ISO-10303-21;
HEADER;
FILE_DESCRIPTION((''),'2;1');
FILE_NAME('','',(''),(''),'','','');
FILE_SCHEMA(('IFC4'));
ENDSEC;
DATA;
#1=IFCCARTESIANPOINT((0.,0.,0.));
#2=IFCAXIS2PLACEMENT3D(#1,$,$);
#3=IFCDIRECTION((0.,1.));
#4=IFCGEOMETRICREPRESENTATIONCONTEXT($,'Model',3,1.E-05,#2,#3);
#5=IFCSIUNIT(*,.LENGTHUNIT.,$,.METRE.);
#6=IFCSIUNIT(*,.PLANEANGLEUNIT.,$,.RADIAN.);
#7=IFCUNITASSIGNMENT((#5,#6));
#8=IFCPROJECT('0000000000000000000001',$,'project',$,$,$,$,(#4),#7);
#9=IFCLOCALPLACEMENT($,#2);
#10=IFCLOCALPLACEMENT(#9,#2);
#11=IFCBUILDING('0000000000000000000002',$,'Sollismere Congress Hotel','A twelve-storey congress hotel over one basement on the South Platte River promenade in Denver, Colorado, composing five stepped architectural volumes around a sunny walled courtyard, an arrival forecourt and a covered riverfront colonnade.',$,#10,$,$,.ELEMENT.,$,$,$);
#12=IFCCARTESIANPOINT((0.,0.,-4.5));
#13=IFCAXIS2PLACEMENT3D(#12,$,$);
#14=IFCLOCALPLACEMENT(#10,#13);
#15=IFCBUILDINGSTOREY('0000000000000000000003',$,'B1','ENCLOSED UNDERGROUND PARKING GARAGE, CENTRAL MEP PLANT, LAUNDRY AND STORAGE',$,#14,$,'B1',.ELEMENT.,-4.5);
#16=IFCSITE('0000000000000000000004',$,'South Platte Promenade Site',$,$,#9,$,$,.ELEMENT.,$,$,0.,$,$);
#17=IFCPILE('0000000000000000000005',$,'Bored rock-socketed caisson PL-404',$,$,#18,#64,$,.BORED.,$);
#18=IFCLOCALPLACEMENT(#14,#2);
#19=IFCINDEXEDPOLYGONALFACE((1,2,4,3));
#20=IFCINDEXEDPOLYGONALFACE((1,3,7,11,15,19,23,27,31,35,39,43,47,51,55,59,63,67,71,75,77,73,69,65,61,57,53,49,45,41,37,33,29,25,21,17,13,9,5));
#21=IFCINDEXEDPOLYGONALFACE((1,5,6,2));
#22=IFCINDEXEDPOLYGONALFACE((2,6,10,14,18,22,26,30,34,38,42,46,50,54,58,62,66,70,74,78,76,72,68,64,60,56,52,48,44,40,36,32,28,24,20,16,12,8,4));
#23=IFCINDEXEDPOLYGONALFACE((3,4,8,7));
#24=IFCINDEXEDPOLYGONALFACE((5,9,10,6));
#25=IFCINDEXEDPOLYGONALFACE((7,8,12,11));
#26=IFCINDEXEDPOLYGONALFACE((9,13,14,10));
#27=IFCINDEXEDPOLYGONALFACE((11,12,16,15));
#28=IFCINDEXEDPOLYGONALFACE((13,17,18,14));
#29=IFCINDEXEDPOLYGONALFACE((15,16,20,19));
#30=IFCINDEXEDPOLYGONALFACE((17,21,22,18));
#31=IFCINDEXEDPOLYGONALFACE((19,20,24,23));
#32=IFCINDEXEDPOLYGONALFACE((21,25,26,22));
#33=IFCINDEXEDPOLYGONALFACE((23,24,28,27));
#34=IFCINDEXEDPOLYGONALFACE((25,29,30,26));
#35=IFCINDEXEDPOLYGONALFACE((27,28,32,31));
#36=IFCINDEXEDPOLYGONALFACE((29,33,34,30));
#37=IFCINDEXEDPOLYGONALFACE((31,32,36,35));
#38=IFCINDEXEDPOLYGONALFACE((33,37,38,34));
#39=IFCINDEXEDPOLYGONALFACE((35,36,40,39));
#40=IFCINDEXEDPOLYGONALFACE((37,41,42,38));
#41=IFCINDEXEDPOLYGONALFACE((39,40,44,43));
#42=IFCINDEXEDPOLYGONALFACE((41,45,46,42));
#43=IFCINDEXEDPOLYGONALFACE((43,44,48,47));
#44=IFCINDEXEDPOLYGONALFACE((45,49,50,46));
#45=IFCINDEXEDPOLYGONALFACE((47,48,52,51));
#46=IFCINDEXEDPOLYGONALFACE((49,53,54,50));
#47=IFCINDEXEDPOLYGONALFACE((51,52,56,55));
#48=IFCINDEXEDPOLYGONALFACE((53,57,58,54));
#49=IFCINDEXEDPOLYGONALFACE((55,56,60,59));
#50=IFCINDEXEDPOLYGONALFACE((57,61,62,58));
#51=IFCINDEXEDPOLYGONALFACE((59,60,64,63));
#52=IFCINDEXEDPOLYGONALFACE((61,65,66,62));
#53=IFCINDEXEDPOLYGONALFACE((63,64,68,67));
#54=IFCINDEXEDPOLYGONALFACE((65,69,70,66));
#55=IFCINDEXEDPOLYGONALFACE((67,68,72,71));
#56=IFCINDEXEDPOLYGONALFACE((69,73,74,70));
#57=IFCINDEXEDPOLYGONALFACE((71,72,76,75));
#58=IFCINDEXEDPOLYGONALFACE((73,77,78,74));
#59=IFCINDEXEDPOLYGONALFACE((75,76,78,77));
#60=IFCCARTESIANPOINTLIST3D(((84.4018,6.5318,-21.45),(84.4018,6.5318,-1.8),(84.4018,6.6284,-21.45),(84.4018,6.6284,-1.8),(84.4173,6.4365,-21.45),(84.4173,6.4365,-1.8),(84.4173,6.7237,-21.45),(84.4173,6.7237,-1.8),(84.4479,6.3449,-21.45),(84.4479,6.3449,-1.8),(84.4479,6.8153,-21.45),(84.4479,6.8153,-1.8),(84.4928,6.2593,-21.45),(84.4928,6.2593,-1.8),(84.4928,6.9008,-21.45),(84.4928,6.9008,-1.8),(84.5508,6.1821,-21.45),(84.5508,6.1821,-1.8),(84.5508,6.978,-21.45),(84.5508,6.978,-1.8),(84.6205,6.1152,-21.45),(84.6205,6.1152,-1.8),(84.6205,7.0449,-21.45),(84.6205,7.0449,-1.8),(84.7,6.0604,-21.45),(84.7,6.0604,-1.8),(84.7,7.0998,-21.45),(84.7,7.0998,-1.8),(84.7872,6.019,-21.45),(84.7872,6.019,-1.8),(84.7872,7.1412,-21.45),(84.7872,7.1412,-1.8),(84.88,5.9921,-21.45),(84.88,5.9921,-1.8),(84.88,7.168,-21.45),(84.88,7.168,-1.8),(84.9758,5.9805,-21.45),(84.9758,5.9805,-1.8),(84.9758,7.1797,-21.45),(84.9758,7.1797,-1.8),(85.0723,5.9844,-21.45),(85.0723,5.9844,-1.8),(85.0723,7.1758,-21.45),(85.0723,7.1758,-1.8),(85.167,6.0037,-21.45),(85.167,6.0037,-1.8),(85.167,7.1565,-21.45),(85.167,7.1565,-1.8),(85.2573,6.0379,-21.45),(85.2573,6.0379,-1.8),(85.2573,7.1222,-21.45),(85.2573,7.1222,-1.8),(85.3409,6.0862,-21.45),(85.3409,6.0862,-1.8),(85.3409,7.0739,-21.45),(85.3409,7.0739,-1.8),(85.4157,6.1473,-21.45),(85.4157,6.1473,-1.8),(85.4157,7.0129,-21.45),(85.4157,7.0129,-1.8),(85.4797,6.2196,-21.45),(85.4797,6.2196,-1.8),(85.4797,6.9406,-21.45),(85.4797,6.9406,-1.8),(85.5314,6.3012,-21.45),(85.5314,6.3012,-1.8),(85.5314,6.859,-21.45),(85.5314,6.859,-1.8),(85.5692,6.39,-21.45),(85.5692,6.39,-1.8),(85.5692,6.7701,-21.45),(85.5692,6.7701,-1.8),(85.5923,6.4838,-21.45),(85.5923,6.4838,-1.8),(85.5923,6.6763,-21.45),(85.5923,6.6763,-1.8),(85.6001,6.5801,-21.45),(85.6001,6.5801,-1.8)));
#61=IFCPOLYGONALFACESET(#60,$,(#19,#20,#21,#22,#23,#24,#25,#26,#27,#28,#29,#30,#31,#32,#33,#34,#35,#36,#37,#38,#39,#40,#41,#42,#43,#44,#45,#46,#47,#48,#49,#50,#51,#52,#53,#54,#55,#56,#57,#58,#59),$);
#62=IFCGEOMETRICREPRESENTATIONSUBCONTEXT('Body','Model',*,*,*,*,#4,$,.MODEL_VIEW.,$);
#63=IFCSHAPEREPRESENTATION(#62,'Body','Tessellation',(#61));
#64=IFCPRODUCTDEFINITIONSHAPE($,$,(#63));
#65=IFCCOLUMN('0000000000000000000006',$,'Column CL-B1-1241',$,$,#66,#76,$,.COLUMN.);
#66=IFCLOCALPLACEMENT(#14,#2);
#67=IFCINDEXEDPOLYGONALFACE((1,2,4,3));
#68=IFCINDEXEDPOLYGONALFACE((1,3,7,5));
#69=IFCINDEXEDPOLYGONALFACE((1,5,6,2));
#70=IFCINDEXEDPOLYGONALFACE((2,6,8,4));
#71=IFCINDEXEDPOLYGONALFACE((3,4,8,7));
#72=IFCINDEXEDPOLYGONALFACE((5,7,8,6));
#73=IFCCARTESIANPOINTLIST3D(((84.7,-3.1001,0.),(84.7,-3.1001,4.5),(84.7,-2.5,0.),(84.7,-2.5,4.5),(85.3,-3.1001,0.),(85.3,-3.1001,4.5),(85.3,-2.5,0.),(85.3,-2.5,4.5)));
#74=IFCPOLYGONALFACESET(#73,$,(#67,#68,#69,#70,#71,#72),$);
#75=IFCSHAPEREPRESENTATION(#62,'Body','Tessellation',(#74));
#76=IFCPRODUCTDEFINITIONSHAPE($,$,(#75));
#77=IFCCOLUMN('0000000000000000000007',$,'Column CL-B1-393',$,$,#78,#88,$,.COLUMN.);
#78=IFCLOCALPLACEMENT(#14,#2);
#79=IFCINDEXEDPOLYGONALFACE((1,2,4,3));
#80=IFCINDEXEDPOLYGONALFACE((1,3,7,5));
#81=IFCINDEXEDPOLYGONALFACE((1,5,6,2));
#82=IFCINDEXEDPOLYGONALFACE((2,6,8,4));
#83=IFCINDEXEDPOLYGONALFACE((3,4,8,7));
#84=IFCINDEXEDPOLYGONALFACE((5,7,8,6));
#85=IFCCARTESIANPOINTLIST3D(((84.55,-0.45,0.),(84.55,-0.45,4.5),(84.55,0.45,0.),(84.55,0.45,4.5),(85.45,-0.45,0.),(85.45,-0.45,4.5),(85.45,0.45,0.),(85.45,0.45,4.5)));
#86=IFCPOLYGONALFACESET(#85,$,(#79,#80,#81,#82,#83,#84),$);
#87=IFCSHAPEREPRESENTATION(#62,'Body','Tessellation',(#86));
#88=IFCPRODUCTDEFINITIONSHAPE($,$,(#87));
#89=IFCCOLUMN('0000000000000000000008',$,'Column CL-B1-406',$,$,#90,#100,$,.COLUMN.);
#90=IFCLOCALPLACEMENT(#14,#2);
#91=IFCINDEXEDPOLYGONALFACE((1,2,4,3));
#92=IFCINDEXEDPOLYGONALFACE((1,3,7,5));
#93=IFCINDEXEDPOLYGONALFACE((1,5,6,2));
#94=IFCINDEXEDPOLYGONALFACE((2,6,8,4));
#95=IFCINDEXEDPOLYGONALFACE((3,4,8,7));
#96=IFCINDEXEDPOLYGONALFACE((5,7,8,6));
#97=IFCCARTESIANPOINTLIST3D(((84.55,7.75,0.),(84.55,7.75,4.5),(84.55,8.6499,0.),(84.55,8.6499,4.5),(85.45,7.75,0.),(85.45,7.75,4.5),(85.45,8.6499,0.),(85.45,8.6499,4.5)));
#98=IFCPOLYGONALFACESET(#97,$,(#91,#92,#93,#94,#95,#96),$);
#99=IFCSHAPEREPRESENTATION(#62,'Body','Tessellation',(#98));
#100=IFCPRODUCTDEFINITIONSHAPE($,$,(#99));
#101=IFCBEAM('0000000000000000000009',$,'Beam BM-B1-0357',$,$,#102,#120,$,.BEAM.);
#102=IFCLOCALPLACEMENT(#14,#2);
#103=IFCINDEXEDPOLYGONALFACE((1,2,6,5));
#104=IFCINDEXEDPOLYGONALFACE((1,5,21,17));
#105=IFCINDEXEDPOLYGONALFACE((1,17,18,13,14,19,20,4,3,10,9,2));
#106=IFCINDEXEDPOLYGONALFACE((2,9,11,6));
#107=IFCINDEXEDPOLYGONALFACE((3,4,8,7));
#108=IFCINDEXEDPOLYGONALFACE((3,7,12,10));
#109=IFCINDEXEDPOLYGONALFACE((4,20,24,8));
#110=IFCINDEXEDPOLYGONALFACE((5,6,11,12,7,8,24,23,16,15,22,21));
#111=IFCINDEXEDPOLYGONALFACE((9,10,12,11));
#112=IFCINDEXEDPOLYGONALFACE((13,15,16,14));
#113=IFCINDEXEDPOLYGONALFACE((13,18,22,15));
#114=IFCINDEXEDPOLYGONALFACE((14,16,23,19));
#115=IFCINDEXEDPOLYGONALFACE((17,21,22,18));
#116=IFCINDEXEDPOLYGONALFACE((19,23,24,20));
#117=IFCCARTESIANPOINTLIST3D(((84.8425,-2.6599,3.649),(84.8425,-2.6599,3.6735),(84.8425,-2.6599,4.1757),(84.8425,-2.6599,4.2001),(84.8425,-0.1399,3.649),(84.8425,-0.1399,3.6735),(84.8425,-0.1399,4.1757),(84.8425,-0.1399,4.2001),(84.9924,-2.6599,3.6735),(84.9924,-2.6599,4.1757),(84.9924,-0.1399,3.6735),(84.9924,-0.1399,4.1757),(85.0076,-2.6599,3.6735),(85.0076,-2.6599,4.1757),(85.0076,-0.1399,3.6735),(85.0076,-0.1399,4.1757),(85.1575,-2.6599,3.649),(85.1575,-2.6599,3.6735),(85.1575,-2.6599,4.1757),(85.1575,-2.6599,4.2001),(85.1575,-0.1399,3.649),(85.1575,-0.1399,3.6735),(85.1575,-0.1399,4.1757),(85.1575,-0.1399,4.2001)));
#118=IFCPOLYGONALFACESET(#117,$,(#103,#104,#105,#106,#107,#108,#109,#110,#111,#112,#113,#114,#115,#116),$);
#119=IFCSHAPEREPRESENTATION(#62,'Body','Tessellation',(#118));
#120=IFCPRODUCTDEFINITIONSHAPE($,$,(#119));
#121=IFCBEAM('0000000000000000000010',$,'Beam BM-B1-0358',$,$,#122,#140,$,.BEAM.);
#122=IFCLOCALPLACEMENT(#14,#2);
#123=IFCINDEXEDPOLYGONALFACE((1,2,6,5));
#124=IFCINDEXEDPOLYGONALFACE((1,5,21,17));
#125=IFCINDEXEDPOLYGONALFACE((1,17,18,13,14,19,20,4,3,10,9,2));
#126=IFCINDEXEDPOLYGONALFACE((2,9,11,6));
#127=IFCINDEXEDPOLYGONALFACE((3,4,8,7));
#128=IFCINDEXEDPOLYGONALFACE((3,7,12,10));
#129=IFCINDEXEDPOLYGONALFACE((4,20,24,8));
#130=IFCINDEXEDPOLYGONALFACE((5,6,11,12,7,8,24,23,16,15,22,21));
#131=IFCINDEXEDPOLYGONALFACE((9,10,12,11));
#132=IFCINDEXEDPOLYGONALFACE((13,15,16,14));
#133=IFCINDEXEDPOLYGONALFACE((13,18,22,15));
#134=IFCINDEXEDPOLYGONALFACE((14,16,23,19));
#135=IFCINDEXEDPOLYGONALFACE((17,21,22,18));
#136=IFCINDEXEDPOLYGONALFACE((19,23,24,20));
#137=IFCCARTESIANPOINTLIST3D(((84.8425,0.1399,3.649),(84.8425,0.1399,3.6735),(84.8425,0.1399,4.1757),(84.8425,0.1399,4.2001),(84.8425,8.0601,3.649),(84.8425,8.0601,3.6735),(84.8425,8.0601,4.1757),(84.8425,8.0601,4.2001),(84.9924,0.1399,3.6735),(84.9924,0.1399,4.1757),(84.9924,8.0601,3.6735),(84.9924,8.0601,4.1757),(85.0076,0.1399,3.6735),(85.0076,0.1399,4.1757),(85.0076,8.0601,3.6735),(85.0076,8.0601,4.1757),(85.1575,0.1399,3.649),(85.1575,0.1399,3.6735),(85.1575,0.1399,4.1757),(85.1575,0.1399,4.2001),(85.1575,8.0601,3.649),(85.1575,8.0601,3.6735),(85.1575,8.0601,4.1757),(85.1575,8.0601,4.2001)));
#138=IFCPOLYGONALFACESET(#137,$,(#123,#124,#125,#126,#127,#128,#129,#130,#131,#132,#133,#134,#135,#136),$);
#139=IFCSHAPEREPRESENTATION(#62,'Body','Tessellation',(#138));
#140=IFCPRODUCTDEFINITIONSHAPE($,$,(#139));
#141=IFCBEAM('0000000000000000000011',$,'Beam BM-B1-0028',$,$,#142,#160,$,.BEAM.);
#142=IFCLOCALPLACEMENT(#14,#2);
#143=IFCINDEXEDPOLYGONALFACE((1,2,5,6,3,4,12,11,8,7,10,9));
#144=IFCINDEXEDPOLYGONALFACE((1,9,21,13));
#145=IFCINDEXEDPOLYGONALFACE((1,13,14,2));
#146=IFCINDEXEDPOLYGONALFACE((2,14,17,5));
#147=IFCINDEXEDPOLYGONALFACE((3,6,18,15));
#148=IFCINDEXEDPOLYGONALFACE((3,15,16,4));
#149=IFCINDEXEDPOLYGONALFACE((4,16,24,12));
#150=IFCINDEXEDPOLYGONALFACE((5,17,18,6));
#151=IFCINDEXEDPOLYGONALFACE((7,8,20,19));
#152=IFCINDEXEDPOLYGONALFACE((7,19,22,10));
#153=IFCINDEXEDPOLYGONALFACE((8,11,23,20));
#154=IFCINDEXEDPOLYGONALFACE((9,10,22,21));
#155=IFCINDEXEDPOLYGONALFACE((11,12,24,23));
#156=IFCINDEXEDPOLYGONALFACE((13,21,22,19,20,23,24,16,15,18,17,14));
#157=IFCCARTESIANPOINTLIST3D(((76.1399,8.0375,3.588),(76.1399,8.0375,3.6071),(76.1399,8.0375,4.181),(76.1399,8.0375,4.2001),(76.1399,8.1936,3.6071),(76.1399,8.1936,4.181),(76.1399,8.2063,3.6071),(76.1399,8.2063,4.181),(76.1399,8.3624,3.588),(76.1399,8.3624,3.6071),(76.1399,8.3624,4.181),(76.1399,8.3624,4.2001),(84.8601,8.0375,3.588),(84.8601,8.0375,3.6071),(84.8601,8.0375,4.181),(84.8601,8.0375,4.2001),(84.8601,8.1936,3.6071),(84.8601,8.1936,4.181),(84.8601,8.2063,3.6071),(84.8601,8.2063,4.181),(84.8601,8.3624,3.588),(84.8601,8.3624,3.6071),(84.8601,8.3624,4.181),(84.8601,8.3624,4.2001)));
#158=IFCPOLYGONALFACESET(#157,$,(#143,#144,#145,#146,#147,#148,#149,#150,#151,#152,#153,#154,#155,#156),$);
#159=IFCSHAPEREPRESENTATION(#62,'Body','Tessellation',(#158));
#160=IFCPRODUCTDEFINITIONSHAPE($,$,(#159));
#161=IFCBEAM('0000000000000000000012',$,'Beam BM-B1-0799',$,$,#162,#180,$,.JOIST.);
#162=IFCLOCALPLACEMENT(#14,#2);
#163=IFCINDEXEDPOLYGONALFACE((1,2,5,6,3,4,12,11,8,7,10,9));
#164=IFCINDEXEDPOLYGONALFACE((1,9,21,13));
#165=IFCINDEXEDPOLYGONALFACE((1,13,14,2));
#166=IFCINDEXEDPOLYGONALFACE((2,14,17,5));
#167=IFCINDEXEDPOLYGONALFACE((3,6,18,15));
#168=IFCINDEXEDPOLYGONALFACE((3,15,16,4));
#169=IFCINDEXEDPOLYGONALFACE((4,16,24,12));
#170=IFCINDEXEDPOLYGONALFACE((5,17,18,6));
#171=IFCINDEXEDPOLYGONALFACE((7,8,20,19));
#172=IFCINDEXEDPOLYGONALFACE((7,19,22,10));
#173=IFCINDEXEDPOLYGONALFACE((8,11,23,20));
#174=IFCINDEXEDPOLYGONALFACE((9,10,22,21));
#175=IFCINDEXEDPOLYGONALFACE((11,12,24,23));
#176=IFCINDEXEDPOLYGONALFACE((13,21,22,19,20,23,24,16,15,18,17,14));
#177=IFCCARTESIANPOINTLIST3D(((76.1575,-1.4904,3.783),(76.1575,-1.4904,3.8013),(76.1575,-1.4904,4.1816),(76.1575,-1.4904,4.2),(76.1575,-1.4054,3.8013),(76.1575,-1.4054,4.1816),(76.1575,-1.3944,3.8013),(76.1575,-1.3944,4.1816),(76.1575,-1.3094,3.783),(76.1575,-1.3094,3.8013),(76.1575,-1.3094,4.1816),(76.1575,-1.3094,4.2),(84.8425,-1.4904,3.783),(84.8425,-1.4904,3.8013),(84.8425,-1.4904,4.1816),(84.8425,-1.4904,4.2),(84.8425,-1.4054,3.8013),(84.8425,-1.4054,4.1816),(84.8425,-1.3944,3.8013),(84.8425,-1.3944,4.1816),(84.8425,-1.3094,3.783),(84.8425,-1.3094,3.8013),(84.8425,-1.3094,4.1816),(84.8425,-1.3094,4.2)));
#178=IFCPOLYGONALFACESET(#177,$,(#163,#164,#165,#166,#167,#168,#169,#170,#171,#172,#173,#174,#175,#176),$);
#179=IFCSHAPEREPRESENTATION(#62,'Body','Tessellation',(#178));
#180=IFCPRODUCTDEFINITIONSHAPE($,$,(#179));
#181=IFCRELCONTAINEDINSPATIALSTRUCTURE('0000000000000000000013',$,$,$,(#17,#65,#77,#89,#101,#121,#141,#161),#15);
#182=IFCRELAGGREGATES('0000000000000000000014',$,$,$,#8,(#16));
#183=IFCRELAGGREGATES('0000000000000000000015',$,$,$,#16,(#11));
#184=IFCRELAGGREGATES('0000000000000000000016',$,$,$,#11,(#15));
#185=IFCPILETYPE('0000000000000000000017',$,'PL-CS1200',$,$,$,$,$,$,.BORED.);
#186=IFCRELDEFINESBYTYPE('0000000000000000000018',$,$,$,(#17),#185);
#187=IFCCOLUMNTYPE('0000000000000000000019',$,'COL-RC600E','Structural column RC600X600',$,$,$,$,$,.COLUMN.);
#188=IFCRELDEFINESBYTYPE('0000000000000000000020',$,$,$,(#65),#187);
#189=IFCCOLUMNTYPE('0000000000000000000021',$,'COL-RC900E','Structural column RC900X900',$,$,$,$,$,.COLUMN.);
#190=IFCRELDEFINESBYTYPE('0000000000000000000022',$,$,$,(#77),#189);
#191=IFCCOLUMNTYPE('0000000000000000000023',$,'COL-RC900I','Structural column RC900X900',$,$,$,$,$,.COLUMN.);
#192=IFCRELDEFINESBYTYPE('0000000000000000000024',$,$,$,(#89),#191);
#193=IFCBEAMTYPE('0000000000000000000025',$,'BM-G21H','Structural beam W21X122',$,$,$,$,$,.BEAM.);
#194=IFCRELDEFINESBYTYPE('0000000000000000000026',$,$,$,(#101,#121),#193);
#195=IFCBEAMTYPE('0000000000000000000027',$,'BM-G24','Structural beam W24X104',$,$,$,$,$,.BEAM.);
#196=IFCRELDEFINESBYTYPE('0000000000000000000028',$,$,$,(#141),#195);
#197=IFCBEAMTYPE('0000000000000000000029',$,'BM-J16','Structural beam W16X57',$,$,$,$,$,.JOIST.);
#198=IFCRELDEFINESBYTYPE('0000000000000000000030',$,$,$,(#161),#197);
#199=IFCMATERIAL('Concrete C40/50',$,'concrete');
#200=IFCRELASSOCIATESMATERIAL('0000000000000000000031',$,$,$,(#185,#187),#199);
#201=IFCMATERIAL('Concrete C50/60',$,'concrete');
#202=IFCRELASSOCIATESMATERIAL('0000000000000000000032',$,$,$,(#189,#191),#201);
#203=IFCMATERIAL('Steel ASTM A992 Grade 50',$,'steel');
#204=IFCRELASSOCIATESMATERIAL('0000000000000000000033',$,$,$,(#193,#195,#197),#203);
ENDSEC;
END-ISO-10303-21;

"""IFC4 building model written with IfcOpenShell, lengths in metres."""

from ifc_helpers import new_model, si_unit, direction, frame, origin, origin_2d, place, context, subcontext, project, spatial, rectangle, circle, i_section, extrude, material, material_profile, profile_set, type_object, element, save


model = new_model("IFC4")

# Units and contexts
model_context = context("Model", 3, precision=1e-05, world=origin(), true_north=direction((0.0, 1.0)))
body_context = subcontext(model_context, "Body", "Model", "MODEL_VIEW")
ifc_project = project(units=[si_unit("LENGTHUNIT", "METRE"), si_unit("PLANEANGLEUNIT", "RADIAN")], contexts=[model_context])

# Site, building, storey
site_placement = place(None, origin())
site = spatial("IfcSite", under=ifc_project, at=site_placement, Name="South Platte Promenade Site", CompositionType="ELEMENT", RefElevation=0.0)
building_placement = place(site_placement, origin())
building = spatial("IfcBuilding", under=site, at=building_placement, Name="Sollismere Congress Hotel", Description="A twelve-storey congress hotel over one basement on the South Platte River promenade in Denver, Colorado, composing five stepped architectural volumes around a sunny walled courtyard, an arrival forecourt and a covered riverfront colonnade.", CompositionType="ELEMENT")
storey_placement = place(building_placement, frame((0.0, 0.0, -4.5)))
storey = spatial("IfcBuildingStorey", under=building, at=storey_placement, Name="B1", Description="ENCLOSED UNDERGROUND PARKING GARAGE, CENTRAL MEP PLANT, LAUNDRY AND STORAGE", LongName="B1", CompositionType="ELEMENT", Elevation=-4.5)

# Shared definitions
ifc_material_1 = material(Name="Concrete C40/50", Category="concrete")

# Pile
ifc_material_profile_1 = material_profile(ifc_material_1, circle(Radius=0.6001, at=origin_2d()), Name="CAISSON1200")
ifc_profile_set_1 = profile_set([ifc_material_profile_1], Name="Concrete C40/50")
pile_type = type_object("IfcPileType", Name="PL-CS1200", PredefinedType="BORED", material=ifc_profile_set_1)
for number, where, z_axis, x_axis, name in (
    (1, (85.0, 6.5801, -1.8), (0.0, 0.0, -1.0), (1.0, 0.0, 0.0), "Bored rock-socketed caisson PL-404"),
):
    element("IfcPile", number, at=place(storey_placement, frame(where, z_axis=z_axis, x_axis=x_axis)), inside=storey, type_object=pile_type, Name=name, PredefinedType="BORED", context=body_context, shape_type="SweptSolid", body=[
        extrude(circle(Radius=0.6001, at=origin_2d()), origin(), (0.0, 0.0, 1.0), 19.6499),
    ])

# Columns
ifc_material_profile_2 = material_profile(ifc_material_1, rectangle(XDim=0.6001, YDim=0.6001, at=origin_2d()), Name="RC600X600")
ifc_profile_set_2 = profile_set([ifc_material_profile_2], Name="Concrete C40/50")
column_type_1 = type_object("IfcColumnType", Name="COL-RC600E", Description="Structural column RC600X600", PredefinedType="COLUMN", material=ifc_profile_set_2)
column_1_placement = place(storey_placement, frame((85.0, -2.8, 0.0), z_axis=(0.0, 0.0, 1.0), x_axis=(1.0, 0.0, 0.0)))
element("IfcColumn", 2, at=column_1_placement, inside=storey, type_object=column_type_1, Name="Column CL-B1-1241", PredefinedType="COLUMN", context=body_context, shape_type="SweptSolid", body=[
    extrude(rectangle(XDim=0.6001, YDim=0.6001, at=origin_2d()), origin(), (0.0, 0.0, 1.0), 4.5),
])
ifc_material_2 = material(Name="Concrete C50/60", Category="concrete")
ifc_material_profile_3 = material_profile(ifc_material_2, rectangle(XDim=0.8999, YDim=0.8999, at=origin_2d()), Name="RC900X900")
ifc_profile_set_3 = profile_set([ifc_material_profile_3], Name="Concrete C50/60")
column_type_2 = type_object("IfcColumnType", Name="COL-RC900E", Description="Structural column RC900X900", PredefinedType="COLUMN", material=ifc_profile_set_3)
column_2_placement = place(storey_placement, frame((85.0, 0.0, 0.0), z_axis=(0.0, 0.0, 1.0), x_axis=(0.0, 1.0, 0.0)))
element("IfcColumn", 3, at=column_2_placement, inside=storey, type_object=column_type_2, Name="Column CL-B1-393", PredefinedType="COLUMN", context=body_context, shape_type="SweptSolid", body=[
    extrude(rectangle(XDim=0.8999, YDim=0.8999, at=origin_2d()), origin(), (0.0, 0.0, 1.0), 4.5),
])
ifc_material_profile_4 = material_profile(ifc_material_2, rectangle(XDim=0.8999, YDim=0.8999, at=origin_2d()), Name="RC900X900")
ifc_profile_set_4 = profile_set([ifc_material_profile_4], Name="Concrete C50/60")
column_type_3 = type_object("IfcColumnType", Name="COL-RC900I", Description="Structural column RC900X900", PredefinedType="COLUMN", material=ifc_profile_set_4)
column_3_placement = place(storey_placement, frame((85.0, 8.2, 0.0), z_axis=(0.0, 0.0, 1.0), x_axis=(1.0, 0.0, 0.0)))
element("IfcColumn", 4, at=column_3_placement, inside=storey, type_object=column_type_3, Name="Column CL-B1-406", PredefinedType="COLUMN", context=body_context, shape_type="SweptSolid", body=[
    extrude(rectangle(XDim=0.8999, YDim=0.8999, at=origin_2d()), origin(), (0.0, 0.0, 1.0), 4.5),
])

# Beams
ifc_material_3 = material(Name="Steel ASTM A992 Grade 50", Category="steel")
ifc_material_profile_5 = material_profile(ifc_material_3, i_section(OverallWidth=0.3149, OverallDepth=0.551, WebThickness=0.0151, FlangeThickness=0.0244, at=origin_2d()), Name="W21X122")
ifc_profile_set_5 = profile_set([ifc_material_profile_5], Name="Steel ASTM A992 Grade 50")
beam_type_1 = type_object("IfcBeamType", Name="BM-G21H", Description="Structural beam W21X122", PredefinedType="BEAM", material=ifc_profile_set_5)
beam_1_placement = place(storey_placement, frame((85.0, -2.6599, 3.9246), z_axis=(0.0, 1.0, 0.0), x_axis=(-1.0, 0.0, 0.0)))
element("IfcBeam", 5, at=beam_1_placement, inside=storey, type_object=beam_type_1, Name="Beam BM-B1-0357", PredefinedType="BEAM", context=body_context, shape_type="SweptSolid", body=[
    extrude(i_section(OverallWidth=0.3149, OverallDepth=0.551, WebThickness=0.0151, FlangeThickness=0.0244, at=origin_2d()), origin(), (0.0, 0.0, 1.0), 2.52),
])
beam_2_placement = place(storey_placement, frame((85.0, 0.1399, 3.9246), z_axis=(0.0, 1.0, 0.0), x_axis=(-1.0, 0.0, 0.0)))
element("IfcBeam", 6, at=beam_2_placement, inside=storey, type_object=beam_type_1, Name="Beam BM-B1-0358", PredefinedType="BEAM", context=body_context, shape_type="SweptSolid", body=[
    extrude(i_section(OverallWidth=0.3149, OverallDepth=0.551, WebThickness=0.0151, FlangeThickness=0.0244, at=origin_2d()), origin(), (0.0, 0.0, 1.0), 7.9202),
])
ifc_material_profile_6 = material_profile(ifc_material_3, i_section(OverallWidth=0.325, OverallDepth=0.6121, WebThickness=0.0127, FlangeThickness=0.019, at=origin_2d()), Name="W24X104")
ifc_profile_set_6 = profile_set([ifc_material_profile_6], Name="Steel ASTM A992 Grade 50")
beam_type_2 = type_object("IfcBeamType", Name="BM-G24", Description="Structural beam W24X104", PredefinedType="BEAM", material=ifc_profile_set_6)
beam_3_placement = place(storey_placement, frame((76.1399, 8.2, 3.894), z_axis=(1.0, 0.0, 0.0), x_axis=(0.0, 1.0, 0.0)))
element("IfcBeam", 7, at=beam_3_placement, inside=storey, type_object=beam_type_2, Name="Beam BM-B1-0028", PredefinedType="BEAM", context=body_context, shape_type="SweptSolid", body=[
    extrude(i_section(OverallWidth=0.325, OverallDepth=0.6121, WebThickness=0.0127, FlangeThickness=0.019, at=origin_2d()), origin(), (0.0, 0.0, 1.0), 8.7202),
])
ifc_material_profile_7 = material_profile(ifc_material_3, i_section(OverallWidth=0.1809, OverallDepth=0.417, WebThickness=0.011, FlangeThickness=0.0183, at=origin_2d()), Name="W16X57")
ifc_profile_set_7 = profile_set([ifc_material_profile_7], Name="Steel ASTM A992 Grade 50")
beam_type_3 = type_object("IfcBeamType", Name="BM-J16", Description="Structural beam W16X57", PredefinedType="JOIST", material=ifc_profile_set_7)
for number, where, z_axis, x_axis, name in (
    (8, (76.1575, -1.3999, 3.9915), (1.0, 0.0, 0.0), (0.0, 1.0, 0.0), "Beam BM-B1-0799"),
):
    element("IfcBeam", number, at=place(storey_placement, frame(where, z_axis=z_axis, x_axis=x_axis)), inside=storey, type_object=beam_type_3, Name=name, PredefinedType="JOIST", context=body_context, shape_type="SweptSolid", body=[
        extrude(i_section(OverallWidth=0.1809, OverallDepth=0.417, WebThickness=0.011, FlangeThickness=0.0183, at=origin_2d()), origin(), (0.0, 0.0, 1.0), 8.6851),
    ])

save(model, "model.ifc")
